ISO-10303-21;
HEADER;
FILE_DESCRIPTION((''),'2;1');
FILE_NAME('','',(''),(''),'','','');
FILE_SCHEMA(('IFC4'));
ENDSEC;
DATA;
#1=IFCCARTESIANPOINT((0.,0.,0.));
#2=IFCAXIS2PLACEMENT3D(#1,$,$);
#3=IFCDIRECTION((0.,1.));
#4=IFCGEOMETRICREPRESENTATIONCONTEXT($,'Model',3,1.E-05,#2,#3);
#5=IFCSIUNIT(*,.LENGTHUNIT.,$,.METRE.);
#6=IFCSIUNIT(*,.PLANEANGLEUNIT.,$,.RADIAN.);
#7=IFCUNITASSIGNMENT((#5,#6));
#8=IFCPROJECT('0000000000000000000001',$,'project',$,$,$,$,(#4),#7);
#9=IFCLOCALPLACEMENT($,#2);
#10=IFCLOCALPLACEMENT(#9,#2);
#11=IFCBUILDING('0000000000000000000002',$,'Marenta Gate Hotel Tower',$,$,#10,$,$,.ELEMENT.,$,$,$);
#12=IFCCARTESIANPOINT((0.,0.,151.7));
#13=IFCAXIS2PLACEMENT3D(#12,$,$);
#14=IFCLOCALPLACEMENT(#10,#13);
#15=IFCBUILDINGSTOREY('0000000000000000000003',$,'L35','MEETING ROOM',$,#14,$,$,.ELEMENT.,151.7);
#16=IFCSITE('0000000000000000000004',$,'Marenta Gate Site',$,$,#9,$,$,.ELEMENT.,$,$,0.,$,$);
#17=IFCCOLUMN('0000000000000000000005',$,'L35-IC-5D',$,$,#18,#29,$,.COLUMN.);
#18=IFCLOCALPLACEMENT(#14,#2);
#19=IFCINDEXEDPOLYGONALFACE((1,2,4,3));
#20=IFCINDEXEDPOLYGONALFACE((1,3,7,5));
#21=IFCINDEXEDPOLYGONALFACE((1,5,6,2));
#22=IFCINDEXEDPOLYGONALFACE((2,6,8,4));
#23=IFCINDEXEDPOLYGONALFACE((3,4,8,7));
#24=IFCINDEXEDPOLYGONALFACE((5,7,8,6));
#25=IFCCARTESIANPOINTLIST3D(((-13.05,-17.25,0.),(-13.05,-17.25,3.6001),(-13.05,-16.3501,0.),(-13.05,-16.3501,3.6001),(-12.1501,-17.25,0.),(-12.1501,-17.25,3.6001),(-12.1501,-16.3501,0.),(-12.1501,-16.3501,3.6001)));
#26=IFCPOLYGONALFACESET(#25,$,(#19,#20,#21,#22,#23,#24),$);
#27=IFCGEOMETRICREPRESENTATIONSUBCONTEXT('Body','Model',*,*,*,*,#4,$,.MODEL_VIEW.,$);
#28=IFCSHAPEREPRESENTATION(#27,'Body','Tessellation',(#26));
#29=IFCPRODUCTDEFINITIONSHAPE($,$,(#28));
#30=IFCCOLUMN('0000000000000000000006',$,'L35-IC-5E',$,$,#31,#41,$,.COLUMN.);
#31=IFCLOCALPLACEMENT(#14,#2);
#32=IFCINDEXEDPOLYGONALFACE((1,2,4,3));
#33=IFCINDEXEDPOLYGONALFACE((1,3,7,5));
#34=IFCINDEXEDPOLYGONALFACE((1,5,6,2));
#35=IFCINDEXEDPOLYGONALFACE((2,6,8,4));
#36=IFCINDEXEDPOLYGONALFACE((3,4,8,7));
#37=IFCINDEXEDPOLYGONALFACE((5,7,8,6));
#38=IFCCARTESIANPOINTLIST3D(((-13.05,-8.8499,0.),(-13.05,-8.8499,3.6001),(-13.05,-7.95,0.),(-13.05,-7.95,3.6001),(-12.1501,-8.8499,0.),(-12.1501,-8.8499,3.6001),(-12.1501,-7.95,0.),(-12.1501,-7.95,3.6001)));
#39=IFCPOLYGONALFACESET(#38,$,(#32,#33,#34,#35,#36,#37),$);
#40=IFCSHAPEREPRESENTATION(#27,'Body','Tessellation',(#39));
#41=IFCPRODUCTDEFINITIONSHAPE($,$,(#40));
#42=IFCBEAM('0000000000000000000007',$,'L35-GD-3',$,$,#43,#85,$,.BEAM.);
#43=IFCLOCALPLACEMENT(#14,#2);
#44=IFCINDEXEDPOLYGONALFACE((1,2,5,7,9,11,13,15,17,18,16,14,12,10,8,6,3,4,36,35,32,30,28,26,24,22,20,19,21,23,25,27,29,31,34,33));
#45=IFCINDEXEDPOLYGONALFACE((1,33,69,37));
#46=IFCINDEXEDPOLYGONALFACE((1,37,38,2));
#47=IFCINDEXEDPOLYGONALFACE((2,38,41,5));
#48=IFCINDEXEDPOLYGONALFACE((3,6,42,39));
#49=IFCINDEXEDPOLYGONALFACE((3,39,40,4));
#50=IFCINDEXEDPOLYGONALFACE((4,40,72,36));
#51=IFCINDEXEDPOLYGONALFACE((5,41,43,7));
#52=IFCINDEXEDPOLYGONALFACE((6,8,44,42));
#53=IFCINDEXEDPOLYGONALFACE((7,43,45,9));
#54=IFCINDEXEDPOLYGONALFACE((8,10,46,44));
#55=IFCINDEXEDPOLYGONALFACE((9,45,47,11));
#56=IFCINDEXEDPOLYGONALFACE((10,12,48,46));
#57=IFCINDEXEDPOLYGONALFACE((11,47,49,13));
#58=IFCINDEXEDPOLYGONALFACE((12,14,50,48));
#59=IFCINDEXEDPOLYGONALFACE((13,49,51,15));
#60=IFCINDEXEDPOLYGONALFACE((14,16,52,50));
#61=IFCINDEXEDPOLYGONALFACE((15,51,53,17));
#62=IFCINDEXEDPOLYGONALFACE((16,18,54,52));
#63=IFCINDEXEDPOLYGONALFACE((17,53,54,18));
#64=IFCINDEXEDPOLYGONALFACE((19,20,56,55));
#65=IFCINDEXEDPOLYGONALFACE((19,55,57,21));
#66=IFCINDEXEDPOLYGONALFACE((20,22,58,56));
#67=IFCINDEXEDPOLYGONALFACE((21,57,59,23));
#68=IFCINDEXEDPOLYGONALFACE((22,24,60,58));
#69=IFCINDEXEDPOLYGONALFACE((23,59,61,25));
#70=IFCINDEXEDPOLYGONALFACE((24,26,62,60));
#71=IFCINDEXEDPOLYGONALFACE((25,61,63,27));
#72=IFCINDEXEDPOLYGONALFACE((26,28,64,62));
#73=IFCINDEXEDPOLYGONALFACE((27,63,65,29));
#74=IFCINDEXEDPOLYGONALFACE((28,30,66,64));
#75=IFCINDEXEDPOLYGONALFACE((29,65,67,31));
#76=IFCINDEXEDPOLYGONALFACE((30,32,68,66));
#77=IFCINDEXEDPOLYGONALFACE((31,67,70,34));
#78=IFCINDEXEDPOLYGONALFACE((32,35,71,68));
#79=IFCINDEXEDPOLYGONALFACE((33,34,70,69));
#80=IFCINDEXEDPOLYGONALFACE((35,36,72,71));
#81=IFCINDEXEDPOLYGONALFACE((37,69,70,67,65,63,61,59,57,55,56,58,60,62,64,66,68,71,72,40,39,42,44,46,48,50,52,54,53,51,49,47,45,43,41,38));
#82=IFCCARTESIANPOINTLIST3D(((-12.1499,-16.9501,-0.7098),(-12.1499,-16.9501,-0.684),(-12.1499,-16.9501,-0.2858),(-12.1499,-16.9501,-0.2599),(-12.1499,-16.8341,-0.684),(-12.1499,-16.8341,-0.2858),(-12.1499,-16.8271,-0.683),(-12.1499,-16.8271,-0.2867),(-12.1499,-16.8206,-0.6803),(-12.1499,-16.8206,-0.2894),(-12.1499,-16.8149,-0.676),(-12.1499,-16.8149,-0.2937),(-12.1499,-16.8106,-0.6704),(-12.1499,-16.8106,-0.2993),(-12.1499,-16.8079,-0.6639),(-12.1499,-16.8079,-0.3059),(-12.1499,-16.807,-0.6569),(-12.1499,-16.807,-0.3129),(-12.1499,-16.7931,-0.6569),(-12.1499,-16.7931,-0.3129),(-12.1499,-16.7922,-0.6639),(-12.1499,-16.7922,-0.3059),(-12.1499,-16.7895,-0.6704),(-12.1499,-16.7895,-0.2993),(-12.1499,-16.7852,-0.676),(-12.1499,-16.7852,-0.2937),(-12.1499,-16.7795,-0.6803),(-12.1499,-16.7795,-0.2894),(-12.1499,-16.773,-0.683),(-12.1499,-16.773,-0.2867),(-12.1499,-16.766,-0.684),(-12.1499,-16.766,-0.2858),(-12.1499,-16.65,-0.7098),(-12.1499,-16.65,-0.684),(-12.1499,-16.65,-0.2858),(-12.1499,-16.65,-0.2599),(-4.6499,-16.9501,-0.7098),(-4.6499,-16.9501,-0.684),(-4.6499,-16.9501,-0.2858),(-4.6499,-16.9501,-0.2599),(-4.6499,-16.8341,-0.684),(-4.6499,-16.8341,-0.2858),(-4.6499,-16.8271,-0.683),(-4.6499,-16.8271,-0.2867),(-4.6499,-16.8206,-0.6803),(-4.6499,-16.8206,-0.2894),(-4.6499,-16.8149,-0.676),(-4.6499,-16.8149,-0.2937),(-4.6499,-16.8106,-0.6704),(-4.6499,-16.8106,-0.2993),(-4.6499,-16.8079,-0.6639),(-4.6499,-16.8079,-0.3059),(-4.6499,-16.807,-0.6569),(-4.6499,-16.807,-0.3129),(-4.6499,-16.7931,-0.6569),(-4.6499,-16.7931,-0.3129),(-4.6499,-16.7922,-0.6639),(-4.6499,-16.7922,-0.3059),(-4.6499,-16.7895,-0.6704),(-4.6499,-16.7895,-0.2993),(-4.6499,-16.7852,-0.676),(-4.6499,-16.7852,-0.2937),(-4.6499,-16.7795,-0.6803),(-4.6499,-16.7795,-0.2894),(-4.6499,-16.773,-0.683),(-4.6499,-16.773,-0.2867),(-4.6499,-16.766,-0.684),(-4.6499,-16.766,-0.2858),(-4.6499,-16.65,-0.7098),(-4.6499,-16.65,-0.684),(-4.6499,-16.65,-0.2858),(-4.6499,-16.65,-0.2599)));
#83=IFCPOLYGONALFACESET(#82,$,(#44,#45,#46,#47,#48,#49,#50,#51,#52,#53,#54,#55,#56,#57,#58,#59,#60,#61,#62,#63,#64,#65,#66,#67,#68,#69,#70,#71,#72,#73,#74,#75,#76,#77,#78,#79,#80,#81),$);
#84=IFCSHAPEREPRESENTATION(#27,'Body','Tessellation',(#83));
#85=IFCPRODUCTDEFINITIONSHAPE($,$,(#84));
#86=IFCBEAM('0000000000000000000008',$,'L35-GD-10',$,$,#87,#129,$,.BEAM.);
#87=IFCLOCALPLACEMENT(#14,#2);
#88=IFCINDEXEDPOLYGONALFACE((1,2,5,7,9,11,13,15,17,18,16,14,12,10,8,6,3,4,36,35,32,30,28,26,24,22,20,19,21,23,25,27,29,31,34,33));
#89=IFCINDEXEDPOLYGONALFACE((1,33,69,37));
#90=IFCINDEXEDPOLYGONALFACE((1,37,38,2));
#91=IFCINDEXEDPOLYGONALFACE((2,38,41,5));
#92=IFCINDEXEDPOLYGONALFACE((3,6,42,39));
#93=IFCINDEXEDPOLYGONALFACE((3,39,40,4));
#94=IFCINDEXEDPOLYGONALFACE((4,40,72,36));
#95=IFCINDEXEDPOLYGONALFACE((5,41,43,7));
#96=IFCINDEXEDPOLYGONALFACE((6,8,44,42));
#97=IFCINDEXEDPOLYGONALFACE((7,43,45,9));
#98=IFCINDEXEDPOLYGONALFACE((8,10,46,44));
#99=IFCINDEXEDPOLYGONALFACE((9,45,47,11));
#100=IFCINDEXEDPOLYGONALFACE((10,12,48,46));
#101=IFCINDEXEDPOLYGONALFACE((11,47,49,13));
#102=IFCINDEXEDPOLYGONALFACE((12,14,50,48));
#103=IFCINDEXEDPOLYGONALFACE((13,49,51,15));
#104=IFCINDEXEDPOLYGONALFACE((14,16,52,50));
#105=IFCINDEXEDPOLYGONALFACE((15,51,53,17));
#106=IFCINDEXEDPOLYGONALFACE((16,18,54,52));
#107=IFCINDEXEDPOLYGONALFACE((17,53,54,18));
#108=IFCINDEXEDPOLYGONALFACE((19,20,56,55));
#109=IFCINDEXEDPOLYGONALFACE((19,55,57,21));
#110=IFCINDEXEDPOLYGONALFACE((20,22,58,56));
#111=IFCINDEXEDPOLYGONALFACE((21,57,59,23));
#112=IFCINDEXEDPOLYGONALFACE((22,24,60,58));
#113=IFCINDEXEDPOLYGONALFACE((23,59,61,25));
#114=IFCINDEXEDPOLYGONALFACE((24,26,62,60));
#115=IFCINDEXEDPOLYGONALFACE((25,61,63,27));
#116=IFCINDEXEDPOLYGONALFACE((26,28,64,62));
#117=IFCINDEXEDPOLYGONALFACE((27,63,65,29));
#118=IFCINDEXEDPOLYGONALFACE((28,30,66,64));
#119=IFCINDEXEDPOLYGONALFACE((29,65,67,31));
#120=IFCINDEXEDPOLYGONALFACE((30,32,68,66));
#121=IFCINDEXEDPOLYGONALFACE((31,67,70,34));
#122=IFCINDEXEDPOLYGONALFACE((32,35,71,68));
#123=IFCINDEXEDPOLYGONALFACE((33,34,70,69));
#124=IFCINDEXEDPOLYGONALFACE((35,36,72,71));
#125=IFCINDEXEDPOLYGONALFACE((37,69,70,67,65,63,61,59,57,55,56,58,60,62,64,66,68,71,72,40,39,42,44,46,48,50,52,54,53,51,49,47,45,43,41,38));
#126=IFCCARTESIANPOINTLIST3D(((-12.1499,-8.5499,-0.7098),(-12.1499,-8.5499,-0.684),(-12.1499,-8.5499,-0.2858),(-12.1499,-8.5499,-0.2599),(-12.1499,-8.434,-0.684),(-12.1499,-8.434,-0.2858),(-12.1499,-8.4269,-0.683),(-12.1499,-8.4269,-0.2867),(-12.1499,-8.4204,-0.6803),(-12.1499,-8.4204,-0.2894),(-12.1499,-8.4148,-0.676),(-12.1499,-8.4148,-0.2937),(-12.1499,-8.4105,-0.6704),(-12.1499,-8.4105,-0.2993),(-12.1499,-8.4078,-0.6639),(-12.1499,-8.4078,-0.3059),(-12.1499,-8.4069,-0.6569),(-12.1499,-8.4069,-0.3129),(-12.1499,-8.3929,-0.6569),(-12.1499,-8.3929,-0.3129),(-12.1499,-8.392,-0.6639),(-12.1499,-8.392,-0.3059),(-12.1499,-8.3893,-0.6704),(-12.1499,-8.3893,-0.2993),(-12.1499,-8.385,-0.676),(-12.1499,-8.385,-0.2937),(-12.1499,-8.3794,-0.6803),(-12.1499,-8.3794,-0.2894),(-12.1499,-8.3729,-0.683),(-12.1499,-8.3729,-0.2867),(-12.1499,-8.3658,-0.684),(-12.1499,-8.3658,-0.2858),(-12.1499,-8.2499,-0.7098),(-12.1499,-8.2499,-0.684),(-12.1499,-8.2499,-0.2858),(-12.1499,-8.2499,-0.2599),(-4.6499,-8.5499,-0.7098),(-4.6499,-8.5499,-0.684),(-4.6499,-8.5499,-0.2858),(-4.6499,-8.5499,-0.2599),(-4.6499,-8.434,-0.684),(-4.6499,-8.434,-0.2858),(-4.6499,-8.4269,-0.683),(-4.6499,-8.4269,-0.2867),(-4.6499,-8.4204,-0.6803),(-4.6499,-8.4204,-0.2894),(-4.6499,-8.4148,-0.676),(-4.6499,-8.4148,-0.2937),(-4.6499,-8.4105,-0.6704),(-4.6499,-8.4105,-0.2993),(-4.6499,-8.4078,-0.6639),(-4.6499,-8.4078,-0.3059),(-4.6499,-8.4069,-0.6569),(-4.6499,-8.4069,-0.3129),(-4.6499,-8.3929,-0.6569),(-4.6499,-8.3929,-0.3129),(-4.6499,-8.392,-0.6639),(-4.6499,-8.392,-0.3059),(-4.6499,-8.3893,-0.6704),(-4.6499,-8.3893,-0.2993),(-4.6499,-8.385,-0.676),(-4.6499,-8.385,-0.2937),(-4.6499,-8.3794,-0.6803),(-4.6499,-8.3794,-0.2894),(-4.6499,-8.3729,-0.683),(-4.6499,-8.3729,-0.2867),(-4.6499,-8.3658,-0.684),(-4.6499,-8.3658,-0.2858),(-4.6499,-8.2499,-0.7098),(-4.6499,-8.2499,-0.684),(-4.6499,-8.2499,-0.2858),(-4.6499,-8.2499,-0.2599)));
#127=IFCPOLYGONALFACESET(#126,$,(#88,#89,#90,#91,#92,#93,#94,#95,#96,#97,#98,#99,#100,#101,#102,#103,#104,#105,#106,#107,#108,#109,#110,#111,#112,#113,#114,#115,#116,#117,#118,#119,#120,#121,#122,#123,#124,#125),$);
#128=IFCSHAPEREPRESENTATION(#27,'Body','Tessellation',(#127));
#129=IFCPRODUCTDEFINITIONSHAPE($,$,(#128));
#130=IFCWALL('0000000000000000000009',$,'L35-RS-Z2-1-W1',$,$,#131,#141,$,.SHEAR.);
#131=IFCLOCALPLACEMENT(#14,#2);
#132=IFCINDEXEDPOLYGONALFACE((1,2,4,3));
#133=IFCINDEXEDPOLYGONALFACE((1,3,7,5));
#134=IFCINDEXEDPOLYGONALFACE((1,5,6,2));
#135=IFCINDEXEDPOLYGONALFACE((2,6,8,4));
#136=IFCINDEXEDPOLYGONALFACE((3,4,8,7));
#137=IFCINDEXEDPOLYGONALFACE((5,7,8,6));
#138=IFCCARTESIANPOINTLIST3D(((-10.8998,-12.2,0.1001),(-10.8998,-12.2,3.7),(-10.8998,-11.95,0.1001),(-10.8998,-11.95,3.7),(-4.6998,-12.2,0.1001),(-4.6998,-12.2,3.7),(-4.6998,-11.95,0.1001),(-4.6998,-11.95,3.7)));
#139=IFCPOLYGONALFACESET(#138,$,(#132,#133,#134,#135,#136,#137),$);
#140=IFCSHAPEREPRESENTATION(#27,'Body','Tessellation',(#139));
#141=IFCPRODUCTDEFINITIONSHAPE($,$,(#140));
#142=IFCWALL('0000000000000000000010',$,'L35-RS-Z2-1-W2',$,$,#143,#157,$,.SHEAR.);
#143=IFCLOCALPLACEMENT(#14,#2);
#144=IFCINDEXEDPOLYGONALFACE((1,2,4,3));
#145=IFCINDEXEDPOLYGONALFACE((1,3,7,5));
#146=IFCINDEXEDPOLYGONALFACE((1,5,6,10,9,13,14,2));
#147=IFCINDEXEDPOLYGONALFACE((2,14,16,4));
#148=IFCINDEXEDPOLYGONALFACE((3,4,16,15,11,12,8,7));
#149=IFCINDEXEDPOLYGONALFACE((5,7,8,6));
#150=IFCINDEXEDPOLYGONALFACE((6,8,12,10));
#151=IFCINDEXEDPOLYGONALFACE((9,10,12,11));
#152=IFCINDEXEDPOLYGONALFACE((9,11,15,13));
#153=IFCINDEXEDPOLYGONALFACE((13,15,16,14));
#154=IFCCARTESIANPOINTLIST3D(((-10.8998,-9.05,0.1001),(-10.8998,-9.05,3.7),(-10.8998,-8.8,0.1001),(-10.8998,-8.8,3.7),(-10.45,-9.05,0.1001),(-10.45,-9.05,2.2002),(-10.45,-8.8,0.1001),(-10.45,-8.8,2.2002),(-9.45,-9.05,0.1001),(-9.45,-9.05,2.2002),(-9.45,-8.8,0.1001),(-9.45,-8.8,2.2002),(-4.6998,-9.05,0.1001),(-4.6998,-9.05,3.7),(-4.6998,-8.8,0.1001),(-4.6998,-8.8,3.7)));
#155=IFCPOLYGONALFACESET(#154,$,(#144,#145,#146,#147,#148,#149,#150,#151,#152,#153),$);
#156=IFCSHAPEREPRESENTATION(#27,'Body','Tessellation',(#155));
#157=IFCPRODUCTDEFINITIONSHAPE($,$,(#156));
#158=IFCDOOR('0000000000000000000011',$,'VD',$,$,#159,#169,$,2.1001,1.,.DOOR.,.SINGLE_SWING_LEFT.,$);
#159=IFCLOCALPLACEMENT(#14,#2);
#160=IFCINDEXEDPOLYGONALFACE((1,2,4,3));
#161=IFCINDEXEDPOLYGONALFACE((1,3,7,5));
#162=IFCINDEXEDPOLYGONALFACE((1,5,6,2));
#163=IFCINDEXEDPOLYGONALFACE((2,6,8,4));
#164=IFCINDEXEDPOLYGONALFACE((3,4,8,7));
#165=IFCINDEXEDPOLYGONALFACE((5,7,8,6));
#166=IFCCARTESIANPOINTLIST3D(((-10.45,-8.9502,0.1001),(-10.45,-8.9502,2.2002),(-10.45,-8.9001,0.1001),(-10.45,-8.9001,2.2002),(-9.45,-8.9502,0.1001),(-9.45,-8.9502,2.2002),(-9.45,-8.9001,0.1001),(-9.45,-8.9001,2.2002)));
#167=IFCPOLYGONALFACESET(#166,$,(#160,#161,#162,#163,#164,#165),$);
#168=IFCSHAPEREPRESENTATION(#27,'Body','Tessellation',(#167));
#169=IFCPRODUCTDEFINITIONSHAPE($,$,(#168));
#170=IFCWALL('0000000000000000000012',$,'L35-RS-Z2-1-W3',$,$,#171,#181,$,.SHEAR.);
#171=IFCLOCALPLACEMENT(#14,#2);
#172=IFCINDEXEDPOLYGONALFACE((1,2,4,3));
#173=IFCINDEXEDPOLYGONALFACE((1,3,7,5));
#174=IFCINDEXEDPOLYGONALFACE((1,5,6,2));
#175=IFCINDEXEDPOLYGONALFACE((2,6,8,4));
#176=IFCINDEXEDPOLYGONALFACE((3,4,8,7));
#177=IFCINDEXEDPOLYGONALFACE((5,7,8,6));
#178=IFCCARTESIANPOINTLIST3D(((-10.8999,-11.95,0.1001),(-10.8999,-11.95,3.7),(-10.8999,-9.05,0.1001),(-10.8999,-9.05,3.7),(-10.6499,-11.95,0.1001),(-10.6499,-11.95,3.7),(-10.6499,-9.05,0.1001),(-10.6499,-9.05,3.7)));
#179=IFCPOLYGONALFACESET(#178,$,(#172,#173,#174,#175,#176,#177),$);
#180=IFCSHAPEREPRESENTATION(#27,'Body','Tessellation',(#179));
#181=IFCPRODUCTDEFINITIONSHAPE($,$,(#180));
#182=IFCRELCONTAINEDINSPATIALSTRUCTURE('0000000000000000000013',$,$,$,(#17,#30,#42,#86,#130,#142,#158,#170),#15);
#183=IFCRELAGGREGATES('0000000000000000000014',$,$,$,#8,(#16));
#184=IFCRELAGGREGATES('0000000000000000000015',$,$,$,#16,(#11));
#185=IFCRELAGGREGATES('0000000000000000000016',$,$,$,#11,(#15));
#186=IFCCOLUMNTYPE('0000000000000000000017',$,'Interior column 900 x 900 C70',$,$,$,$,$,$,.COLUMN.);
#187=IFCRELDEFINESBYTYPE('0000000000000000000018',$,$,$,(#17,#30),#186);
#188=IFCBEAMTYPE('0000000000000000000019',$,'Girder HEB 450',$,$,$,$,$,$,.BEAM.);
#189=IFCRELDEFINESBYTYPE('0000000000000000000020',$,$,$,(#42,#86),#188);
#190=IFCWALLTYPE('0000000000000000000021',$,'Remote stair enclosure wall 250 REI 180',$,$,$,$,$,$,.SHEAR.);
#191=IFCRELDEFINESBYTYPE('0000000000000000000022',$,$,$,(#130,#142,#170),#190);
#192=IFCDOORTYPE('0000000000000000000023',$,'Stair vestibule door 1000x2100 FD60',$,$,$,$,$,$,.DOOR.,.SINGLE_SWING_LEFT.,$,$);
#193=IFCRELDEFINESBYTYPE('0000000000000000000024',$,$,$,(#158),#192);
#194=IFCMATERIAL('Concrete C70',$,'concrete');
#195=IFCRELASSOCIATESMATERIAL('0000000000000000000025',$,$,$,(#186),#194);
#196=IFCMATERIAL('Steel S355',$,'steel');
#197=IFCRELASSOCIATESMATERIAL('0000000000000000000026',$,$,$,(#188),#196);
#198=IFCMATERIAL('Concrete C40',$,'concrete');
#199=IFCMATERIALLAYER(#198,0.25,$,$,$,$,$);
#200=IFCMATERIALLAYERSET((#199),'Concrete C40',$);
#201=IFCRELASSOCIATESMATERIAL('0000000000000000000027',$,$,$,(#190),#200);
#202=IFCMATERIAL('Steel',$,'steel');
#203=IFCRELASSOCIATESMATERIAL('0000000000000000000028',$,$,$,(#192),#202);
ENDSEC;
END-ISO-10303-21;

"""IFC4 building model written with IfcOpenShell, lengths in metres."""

from ifc_helpers import new_model, si_unit, direction, frame, frame_2d, origin, origin_2d, place, context, subcontext, project, spatial, rectangle, i_section, extrude, material, layer, layer_set, material_profile, profile_set, type_object, element, fill, save


model = new_model("IFC4")

# Units and contexts
model_context = context("Model", 3, precision=1e-05, world=origin(), true_north=direction((0.0, 1.0)))
body_context = subcontext(model_context, "Body", "Model", "MODEL_VIEW")
ifc_project = project(units=[si_unit("LENGTHUNIT", "METRE"), si_unit("PLANEANGLEUNIT", "RADIAN")], contexts=[model_context])

# Site, building, storey
site_placement = place(None, origin())
site = spatial("IfcSite", under=ifc_project, at=site_placement, Name="Marenta Gate Site", CompositionType="ELEMENT", RefElevation=0.0)
building_placement = place(site_placement, origin())
building = spatial("IfcBuilding", under=site, at=building_placement, Name="Marenta Gate Hotel Tower", CompositionType="ELEMENT")
storey_placement = place(building_placement, frame((0.0, 0.0, 151.7)))
storey = spatial("IfcBuildingStorey", under=building, at=storey_placement, Name="L35", Description="MEETING ROOM", CompositionType="ELEMENT", Elevation=151.7)

# Columns
ifc_material_1 = material(Name="Concrete C70", Category="concrete")
ifc_material_profile_1 = material_profile(ifc_material_1, rectangle(XDim=0.8999, YDim=0.8999, at=origin_2d()), Name="900 x 900")
ifc_profile_set_1 = profile_set([ifc_material_profile_1], Name="Concrete C70")
column_type = type_object("IfcColumnType", Name="Interior column 900 x 900 C70", PredefinedType="COLUMN", material=ifc_profile_set_1)
for number, where, z_axis, x_axis, name in (
    (1, (-12.6001, -16.8, 0.0), (0.0, 0.0, 1.0), (1.0, 0.0, 0.0), "L35-IC-5D"),
    (2, (-12.6001, -8.3999, 0.0), (0.0, 0.0, 1.0), (1.0, 0.0, 0.0), "L35-IC-5E"),
):
    element("IfcColumn", number, at=place(storey_placement, frame(where, z_axis=z_axis, x_axis=x_axis)), inside=storey, type_object=column_type, Name=name, PredefinedType="COLUMN", context=body_context, shape_type="SweptSolid", body=[
        extrude(rectangle(XDim=0.8999, YDim=0.8999, at=origin_2d()), origin(), (0.0, 0.0, 1.0), 3.6001),
    ])

# Beams
ifc_material_2 = material(Name="Steel S355", Category="steel")
ifc_material_profile_2 = material_profile(ifc_material_2, i_section(OverallWidth=0.3, OverallDepth=0.45, WebThickness=0.0139, FlangeThickness=0.0259, FilletRadius=0.0271, at=origin_2d()), Name="HEB 450")
ifc_profile_set_2 = profile_set([ifc_material_profile_2], Name="Steel S355")
beam_type = type_object("IfcBeamType", Name="Girder HEB 450", PredefinedType="BEAM", material=ifc_profile_set_2)
for number, where, z_axis, x_axis, name in (
    (3, (-12.1499, -16.8, -0.4849), (1.0, 0.0, 0.0), (0.0, 1.0, 0.0), "L35-GD-3"),
    (4, (-12.1499, -8.3999, -0.4849), (1.0, 0.0, 0.0), (0.0, 1.0, 0.0), "L35-GD-10"),
):
    element("IfcBeam", number, at=place(storey_placement, frame(where, z_axis=z_axis, x_axis=x_axis)), inside=storey, type_object=beam_type, Name=name, PredefinedType="BEAM", context=body_context, shape_type="SweptSolid", body=[
        extrude(i_section(OverallWidth=0.3, OverallDepth=0.45, WebThickness=0.0139, FlangeThickness=0.0259, FilletRadius=0.0271, at=origin_2d()), origin(), (0.0, 0.0, 1.0), 7.5),
    ])

# Wall
ifc_material_3 = material(Name="Concrete C40", Category="concrete")
ifc_layer_1 = layer(ifc_material_3, 0.25)
ifc_layer_set_1 = layer_set([ifc_layer_1], Name="Concrete C40")
wall_type_1 = type_object("IfcWallType", Name="Remote stair enclosure wall 250 REI 180", PredefinedType="SHEAR", material=ifc_layer_set_1)
wall_1_placement = place(storey_placement, frame((-10.8999, -12.075, 0.1001), z_axis=(0.0, 0.0, 1.0), x_axis=(1.0, 0.0, 0.0)))
element("IfcWall", 5, at=wall_1_placement, inside=storey, type_object=wall_type_1, Name="L35-RS-Z2-1-W1", PredefinedType="SHEAR", context=body_context, shape_type="SweptSolid", body=[
    extrude(rectangle(XDim=6.2, YDim=0.25, at=frame_2d((3.1001, 0.0))), origin(), (0.0, 0.0, 1.0), 3.5999),
])

# Wall, opening, door
wall_2_placement = place(storey_placement, frame((-10.8999, -8.925, 0.1001), z_axis=(0.0, 0.0, 1.0), x_axis=(1.0, 0.0, 0.0)))
wall_2 = element("IfcWall", 6, at=wall_2_placement, inside=storey, type_object=wall_type_1, Name="L35-RS-Z2-1-W2", PredefinedType="SHEAR", context=body_context, shape_type="SweptSolid", body=[
    extrude(rectangle(XDim=6.2, YDim=0.25, at=frame_2d((3.1001, 0.0))), origin(), (0.0, 0.0, 1.0), 3.5999),
])
opening_1_placement = place(wall_2_placement, frame((0.45, 0.0, 0.0)))
opening_1 = element("IfcOpeningElement", 7, at=opening_1_placement, cuts=wall_2, PredefinedType="OPENING", context=body_context, shape_type="SweptSolid", body=[
    extrude(rectangle(XDim=1.0, YDim=2.1001, at=frame_2d((0.5, 1.05))), frame((0.0, 0.125, 0.0), z_axis=(0.0, -1.0, 0.0), x_axis=(1.0, 0.0, 0.0)), (0.0, 0.0, 1.0), 0.25),
])
ifc_material_4 = material(Name="Steel", Category="steel")
door_type_1 = type_object("IfcDoorType", Name="Stair vestibule door 1000x2100 FD60", OperationType="SINGLE_SWING_LEFT", PredefinedType="DOOR", material=ifc_material_4)
door_1_placement = place(opening_1_placement, origin())
door_1 = element("IfcDoor", 8, at=door_1_placement, inside=storey, type_object=door_type_1, Name="VD", OperationType="SINGLE_SWING_LEFT", OverallHeight=2.1001, OverallWidth=1.0, PredefinedType="DOOR", context=body_context, shape_type="SweptSolid", body=[
    extrude(rectangle(XDim=1.0, YDim=2.1001, at=frame_2d((0.5, 1.05))), frame((0.0, 0.0249, 0.0), z_axis=(0.0, -1.0, 0.0), x_axis=(1.0, 0.0, 0.0)), (0.0, 0.0, 1.0), 0.05),
])
fill(opening_1, door_1)

# Wall
wall_3_placement = place(storey_placement, frame((-10.7749, -11.95, 0.1001), z_axis=(0.0, 0.0, 1.0), x_axis=(0.0, 1.0, 0.0)))
element("IfcWall", 9, at=wall_3_placement, inside=storey, type_object=wall_type_1, Name="L35-RS-Z2-1-W3", PredefinedType="SHEAR", context=body_context, shape_type="SweptSolid", body=[
    extrude(rectangle(XDim=2.8999, YDim=0.25, at=frame_2d((1.45, 0.0))), origin(), (0.0, 0.0, 1.0), 3.5999),
])

save(model, "model.ifc")
